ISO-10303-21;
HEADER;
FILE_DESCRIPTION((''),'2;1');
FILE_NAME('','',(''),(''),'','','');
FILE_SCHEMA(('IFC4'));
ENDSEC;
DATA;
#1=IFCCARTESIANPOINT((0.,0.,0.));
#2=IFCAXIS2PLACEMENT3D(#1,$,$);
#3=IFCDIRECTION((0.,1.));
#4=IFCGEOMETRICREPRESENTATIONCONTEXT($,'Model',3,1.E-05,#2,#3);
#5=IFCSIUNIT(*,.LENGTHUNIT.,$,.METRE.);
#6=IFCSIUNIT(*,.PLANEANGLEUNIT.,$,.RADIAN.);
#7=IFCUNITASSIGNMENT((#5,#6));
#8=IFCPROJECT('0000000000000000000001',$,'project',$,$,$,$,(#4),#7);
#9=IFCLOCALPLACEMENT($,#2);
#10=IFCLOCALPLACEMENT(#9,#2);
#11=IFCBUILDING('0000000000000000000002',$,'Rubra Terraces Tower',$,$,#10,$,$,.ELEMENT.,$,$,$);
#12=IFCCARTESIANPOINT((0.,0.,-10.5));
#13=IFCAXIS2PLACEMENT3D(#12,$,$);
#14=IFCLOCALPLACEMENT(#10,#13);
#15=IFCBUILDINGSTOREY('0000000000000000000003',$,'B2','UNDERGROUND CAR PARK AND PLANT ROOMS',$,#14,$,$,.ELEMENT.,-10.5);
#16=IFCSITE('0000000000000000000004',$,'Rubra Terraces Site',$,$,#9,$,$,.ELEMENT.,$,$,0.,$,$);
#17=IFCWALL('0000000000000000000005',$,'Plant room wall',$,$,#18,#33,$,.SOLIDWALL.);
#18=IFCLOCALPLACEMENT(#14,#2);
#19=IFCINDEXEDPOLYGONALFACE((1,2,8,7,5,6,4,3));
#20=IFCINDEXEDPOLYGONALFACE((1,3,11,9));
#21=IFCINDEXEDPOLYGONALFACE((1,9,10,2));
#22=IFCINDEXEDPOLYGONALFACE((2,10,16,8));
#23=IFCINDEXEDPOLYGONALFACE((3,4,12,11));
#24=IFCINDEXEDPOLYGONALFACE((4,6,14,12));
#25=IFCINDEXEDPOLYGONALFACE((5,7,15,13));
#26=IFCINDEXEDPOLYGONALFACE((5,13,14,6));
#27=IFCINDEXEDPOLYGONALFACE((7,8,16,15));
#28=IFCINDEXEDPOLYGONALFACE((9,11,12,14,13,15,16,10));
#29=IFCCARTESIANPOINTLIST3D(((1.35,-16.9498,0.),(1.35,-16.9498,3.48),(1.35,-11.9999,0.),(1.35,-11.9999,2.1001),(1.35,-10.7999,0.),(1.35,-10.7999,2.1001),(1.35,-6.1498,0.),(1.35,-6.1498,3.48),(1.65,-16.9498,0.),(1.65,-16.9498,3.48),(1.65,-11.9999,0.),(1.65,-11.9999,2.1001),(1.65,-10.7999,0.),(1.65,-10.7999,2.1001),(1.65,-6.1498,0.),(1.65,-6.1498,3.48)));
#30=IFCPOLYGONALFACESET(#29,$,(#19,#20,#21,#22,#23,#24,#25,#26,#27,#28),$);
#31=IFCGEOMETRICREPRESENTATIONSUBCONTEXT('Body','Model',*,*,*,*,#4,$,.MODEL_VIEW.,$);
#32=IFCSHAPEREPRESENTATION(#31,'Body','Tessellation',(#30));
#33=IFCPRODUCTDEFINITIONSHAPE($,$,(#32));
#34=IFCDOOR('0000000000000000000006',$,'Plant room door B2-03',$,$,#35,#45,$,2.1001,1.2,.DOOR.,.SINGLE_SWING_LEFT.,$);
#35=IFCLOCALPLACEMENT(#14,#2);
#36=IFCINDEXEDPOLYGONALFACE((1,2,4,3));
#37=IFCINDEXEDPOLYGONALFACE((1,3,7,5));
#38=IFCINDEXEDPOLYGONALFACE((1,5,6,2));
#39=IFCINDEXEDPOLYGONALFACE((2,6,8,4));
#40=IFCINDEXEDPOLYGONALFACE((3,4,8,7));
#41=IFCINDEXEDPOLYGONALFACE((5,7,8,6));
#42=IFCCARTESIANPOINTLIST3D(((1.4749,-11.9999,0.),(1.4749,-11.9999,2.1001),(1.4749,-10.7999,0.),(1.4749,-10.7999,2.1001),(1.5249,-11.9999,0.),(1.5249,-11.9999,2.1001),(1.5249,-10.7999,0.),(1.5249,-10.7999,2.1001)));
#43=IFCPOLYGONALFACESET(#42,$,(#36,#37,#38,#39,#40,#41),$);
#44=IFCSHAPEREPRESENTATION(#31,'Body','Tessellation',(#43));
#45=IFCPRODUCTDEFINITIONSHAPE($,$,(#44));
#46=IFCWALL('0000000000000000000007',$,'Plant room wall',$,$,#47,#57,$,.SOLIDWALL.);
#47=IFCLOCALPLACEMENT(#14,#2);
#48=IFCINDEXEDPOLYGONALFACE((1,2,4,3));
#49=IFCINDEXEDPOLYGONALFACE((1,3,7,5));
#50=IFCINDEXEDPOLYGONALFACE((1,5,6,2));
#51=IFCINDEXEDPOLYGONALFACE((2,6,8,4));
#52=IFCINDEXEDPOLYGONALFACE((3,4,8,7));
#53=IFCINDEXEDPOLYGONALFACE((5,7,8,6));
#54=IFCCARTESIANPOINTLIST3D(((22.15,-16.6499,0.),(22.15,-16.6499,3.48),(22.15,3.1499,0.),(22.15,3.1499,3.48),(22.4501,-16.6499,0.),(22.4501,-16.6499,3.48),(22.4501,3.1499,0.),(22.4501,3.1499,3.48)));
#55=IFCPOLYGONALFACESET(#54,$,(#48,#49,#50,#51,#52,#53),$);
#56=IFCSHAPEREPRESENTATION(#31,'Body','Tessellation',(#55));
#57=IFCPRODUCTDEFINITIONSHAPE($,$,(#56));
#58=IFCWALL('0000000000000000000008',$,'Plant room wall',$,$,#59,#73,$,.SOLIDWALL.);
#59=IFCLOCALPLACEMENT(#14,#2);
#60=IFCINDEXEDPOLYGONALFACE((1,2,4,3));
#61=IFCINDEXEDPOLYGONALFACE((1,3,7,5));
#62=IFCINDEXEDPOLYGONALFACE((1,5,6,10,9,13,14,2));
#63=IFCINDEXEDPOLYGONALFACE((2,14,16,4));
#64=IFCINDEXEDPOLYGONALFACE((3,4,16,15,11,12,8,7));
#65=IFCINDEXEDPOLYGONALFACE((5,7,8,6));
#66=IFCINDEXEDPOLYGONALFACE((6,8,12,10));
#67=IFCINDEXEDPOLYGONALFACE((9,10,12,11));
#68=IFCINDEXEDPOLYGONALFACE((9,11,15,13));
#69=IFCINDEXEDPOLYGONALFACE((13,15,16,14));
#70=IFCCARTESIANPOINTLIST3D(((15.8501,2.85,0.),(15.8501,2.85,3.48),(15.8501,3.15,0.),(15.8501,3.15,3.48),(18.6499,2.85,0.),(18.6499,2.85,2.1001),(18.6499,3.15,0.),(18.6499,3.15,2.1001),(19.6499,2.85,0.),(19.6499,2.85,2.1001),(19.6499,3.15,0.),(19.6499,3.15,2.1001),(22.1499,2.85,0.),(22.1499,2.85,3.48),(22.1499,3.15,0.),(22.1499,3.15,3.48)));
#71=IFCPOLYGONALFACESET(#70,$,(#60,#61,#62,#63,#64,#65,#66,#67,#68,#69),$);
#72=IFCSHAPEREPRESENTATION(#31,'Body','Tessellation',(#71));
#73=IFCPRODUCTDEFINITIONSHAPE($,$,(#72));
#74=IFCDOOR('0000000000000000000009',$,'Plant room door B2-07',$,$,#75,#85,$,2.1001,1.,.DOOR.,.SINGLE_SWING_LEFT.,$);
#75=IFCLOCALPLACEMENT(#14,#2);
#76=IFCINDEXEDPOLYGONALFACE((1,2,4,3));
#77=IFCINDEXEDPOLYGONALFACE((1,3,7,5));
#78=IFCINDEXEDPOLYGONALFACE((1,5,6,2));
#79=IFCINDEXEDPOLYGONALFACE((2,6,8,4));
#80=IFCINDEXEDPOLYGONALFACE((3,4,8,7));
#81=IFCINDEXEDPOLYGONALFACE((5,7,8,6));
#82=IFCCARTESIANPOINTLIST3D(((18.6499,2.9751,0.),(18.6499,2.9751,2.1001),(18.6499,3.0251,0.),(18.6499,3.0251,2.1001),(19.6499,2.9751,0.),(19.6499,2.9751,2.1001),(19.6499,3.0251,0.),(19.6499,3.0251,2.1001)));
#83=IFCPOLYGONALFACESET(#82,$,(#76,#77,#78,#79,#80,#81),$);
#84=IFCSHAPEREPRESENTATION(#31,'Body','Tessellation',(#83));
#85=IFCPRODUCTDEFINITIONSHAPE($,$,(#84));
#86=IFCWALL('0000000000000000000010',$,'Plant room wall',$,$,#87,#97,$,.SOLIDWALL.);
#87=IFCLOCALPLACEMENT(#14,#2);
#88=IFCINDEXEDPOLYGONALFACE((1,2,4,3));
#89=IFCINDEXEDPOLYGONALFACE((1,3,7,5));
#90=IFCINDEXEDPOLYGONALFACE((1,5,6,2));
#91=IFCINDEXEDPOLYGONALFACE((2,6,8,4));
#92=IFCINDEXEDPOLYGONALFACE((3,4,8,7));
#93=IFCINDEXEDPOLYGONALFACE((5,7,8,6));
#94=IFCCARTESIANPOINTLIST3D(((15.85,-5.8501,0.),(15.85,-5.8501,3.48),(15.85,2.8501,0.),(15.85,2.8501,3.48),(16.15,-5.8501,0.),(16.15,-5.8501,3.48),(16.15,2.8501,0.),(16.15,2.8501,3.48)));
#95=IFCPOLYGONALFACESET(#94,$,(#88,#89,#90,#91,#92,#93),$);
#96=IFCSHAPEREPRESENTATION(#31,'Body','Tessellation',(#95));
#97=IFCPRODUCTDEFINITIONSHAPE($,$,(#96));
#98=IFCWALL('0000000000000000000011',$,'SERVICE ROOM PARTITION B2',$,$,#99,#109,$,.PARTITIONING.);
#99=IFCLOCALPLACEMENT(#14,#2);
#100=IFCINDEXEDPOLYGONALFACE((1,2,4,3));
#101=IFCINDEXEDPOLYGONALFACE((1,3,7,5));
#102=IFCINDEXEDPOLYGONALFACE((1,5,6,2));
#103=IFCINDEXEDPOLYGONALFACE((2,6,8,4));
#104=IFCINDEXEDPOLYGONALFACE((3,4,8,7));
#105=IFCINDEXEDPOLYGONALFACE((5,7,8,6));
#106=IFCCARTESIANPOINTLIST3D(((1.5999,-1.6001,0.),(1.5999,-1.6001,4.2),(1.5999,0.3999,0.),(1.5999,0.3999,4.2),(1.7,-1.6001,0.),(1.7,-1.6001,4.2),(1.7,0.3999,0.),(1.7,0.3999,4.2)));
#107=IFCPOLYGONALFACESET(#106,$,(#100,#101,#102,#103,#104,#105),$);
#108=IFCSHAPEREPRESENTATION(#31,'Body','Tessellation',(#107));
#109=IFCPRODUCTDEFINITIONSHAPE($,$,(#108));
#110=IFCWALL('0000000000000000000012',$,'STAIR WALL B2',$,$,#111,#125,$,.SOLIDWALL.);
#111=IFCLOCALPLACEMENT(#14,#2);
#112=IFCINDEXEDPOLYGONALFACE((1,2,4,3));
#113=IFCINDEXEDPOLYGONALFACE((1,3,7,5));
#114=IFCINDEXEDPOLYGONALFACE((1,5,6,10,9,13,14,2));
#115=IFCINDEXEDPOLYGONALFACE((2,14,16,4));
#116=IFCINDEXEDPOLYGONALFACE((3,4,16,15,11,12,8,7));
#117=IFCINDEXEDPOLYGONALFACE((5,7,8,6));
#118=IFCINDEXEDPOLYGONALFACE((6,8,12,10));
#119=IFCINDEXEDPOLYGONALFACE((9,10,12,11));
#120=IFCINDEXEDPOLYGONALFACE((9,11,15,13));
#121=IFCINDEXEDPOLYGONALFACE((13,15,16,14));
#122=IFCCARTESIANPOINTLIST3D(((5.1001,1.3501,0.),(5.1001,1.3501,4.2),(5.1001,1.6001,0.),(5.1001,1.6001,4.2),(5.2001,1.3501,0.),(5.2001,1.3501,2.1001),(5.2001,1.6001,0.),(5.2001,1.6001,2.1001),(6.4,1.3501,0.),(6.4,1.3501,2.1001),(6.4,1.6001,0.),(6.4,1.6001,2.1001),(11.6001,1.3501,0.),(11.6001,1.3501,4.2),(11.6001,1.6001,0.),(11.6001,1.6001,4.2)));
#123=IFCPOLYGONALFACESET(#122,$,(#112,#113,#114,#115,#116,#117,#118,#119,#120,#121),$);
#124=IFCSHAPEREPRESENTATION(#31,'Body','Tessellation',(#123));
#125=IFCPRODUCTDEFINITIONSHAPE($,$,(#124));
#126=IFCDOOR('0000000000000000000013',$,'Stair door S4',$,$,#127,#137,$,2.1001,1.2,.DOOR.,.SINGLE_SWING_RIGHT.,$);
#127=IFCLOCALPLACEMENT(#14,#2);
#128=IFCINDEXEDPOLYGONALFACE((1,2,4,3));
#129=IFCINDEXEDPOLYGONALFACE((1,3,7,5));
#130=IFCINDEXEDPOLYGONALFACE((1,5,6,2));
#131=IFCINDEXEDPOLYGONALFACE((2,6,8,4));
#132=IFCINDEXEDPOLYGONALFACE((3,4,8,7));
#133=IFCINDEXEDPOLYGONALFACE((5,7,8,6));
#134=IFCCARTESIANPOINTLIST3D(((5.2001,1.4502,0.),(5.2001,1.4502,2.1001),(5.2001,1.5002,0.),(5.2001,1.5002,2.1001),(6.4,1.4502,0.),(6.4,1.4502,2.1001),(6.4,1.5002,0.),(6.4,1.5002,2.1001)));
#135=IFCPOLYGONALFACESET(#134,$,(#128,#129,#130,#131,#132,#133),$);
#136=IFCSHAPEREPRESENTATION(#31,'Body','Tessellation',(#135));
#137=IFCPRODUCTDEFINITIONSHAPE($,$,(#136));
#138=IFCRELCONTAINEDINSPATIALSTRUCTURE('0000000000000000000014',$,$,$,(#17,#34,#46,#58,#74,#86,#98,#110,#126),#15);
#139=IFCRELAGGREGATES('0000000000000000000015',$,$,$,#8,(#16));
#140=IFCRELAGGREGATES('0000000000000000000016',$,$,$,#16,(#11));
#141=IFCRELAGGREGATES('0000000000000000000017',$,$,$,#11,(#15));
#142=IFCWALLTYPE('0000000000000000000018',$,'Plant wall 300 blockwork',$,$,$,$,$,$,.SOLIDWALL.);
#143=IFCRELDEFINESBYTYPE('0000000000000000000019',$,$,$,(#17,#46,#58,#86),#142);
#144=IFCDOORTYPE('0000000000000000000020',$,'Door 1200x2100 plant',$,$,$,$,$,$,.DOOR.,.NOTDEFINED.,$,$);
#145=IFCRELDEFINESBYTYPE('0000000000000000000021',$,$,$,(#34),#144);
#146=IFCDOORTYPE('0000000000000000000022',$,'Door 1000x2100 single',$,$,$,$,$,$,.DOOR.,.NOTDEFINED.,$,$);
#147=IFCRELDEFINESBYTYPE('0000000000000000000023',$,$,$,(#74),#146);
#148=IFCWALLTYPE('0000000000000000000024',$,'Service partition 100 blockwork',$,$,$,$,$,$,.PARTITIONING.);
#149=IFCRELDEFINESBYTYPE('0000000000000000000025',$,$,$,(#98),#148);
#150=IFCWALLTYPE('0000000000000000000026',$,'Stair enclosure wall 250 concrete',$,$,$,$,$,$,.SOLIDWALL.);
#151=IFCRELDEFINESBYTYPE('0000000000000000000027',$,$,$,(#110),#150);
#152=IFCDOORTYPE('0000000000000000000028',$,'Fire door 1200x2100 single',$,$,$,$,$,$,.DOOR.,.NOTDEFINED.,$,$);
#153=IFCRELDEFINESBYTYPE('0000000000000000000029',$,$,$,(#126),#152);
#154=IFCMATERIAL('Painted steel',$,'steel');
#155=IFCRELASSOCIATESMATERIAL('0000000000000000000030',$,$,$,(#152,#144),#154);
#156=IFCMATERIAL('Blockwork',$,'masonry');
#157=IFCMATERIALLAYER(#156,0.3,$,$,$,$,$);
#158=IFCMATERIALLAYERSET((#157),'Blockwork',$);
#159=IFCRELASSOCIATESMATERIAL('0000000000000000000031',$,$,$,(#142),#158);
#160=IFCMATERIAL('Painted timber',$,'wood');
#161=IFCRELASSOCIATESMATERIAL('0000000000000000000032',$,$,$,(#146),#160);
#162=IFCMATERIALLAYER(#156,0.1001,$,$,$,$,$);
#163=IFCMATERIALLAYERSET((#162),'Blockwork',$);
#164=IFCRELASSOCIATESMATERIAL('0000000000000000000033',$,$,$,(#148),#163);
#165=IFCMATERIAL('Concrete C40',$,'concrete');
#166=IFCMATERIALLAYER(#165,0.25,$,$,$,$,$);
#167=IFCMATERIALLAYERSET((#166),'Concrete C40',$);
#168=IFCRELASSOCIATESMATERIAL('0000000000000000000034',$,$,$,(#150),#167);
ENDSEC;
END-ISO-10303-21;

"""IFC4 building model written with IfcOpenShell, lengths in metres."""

from ifc_helpers import new_model, si_unit, direction, frame, frame_2d, origin, place, context, subcontext, project, spatial, rectangle, extrude, material, layer, layer_set, type_object, element, fill, save


model = new_model("IFC4")

# Units and contexts
model_context = context("Model", 3, precision=1e-05, world=origin(), true_north=direction((0.0, 1.0)))
body_context = subcontext(model_context, "Body", "Model", "MODEL_VIEW")
ifc_project = project(units=[si_unit("LENGTHUNIT", "METRE"), si_unit("PLANEANGLEUNIT", "RADIAN")], contexts=[model_context])

# Site, building, storey
site_placement = place(None, origin())
site = spatial("IfcSite", under=ifc_project, at=site_placement, Name="Rubra Terraces Site", CompositionType="ELEMENT", RefElevation=0.0)
building_placement = place(site_placement, origin())
building = spatial("IfcBuilding", under=site, at=building_placement, Name="Rubra Terraces Tower", CompositionType="ELEMENT")
storey_placement = place(building_placement, frame((0.0, 0.0, -10.5)))
storey = spatial("IfcBuildingStorey", under=building, at=storey_placement, Name="B2", Description="UNDERGROUND CAR PARK AND PLANT ROOMS", CompositionType="ELEMENT", Elevation=-10.5)

# Shared definitions
ifc_material_1 = material(Name="Concrete C40", Category="concrete")

# Shared definitions
ifc_material_2 = material(Name="Painted steel", Category="steel")

# Shared definitions
door_type_1 = type_object("IfcDoorType", Name="Fire door 1200x2100 single", OperationType="NOTDEFINED", PredefinedType="DOOR", material=ifc_material_2)

# Shared definitions
ifc_material_3 = material(Name="Blockwork", Category="masonry")
ifc_layer_1 = layer(ifc_material_3, 0.3)
ifc_layer_set_1 = layer_set([ifc_layer_1], Name="Blockwork")
wall_type_1 = type_object("IfcWallType", Name="Plant wall 300 blockwork", PredefinedType="SOLIDWALL", material=ifc_layer_set_1)

# Wall, opening, door
wall_1_placement = place(storey_placement, frame((1.5, -6.1499, 0.0), z_axis=(0.0, 0.0, 1.0), x_axis=(0.0, -1.0, 0.0)))
wall_1 = element("IfcWall", 1, at=wall_1_placement, inside=storey, type_object=wall_type_1, Name="Plant room wall", PredefinedType="SOLIDWALL", context=body_context, shape_type="SweptSolid", body=[
    extrude(rectangle(XDim=10.8, YDim=0.3, at=frame_2d((5.3999, 0.0))), origin(), (0.0, 0.0, 1.0), 3.48),
])
opening_1_placement = place(wall_1_placement, frame((4.6499, 0.0, 0.0)))
opening_1 = element("IfcOpeningElement", 2, at=opening_1_placement, cuts=wall_1, PredefinedType="OPENING", context=body_context, shape_type="SweptSolid", body=[
    extrude(rectangle(XDim=1.2, YDim=2.1001, at=frame_2d((0.6001, 1.05))), frame((0.0, 0.1599, 0.0), z_axis=(0.0, -1.0, 0.0), x_axis=(1.0, 0.0, 0.0)), (0.0, 0.0, 1.0), 0.3201),
])
door_type_2 = type_object("IfcDoorType", Name="Door 1200x2100 plant", OperationType="NOTDEFINED", PredefinedType="DOOR", material=ifc_material_2)
door_1_placement = place(opening_1_placement, origin())
door_1 = element("IfcDoor", 3, at=door_1_placement, inside=storey, type_object=door_type_2, Name="Plant room door B2-03", OperationType="SINGLE_SWING_LEFT", OverallHeight=2.1001, OverallWidth=1.2, PredefinedType="DOOR", context=body_context, shape_type="SweptSolid", body=[
    extrude(rectangle(XDim=1.2, YDim=2.1001, at=frame_2d((0.6001, 1.05))), frame((0.0, 0.0249, 0.0), z_axis=(0.0, -1.0, 0.0), x_axis=(1.0, 0.0, 0.0)), (0.0, 0.0, 1.0), 0.05),
])
fill(opening_1, door_1)

# Wall
wall_2_placement = place(storey_placement, frame((22.3, -16.6499, 0.0), z_axis=(0.0, 0.0, 1.0), x_axis=(0.0, 1.0, 0.0)))
element("IfcWall", 4, at=wall_2_placement, inside=storey, type_object=wall_type_1, Name="Plant room wall", PredefinedType="SOLIDWALL", context=body_context, shape_type="SweptSolid", body=[
    extrude(rectangle(XDim=19.7998, YDim=0.3, at=frame_2d((9.8999, 0.0))), origin(), (0.0, 0.0, 1.0), 3.48),
])

# Wall, opening, door
wall_3_placement = place(storey_placement, frame((22.1499, 3.0, 0.0), z_axis=(0.0, 0.0, 1.0), x_axis=(-1.0, 0.0, 0.0)))
wall_3 = element("IfcWall", 5, at=wall_3_placement, inside=storey, type_object=wall_type_1, Name="Plant room wall", PredefinedType="SOLIDWALL", context=body_context, shape_type="SweptSolid", body=[
    extrude(rectangle(XDim=6.2998, YDim=0.3, at=frame_2d((3.1499, 0.0))), origin(), (0.0, 0.0, 1.0), 3.48),
])
opening_2_placement = place(wall_3_placement, frame((2.5, 0.0, 0.0)))
opening_2 = element("IfcOpeningElement", 6, at=opening_2_placement, cuts=wall_3, PredefinedType="OPENING", context=body_context, shape_type="SweptSolid", body=[
    extrude(rectangle(XDim=1.0, YDim=2.1001, at=frame_2d((0.5, 1.05))), frame((0.0, 0.1599, 0.0), z_axis=(0.0, -1.0, 0.0), x_axis=(1.0, 0.0, 0.0)), (0.0, 0.0, 1.0), 0.3201),
])
ifc_material_4 = material(Name="Painted timber", Category="wood")
door_type_3 = type_object("IfcDoorType", Name="Door 1000x2100 single", OperationType="NOTDEFINED", PredefinedType="DOOR", material=ifc_material_4)
door_2_placement = place(opening_2_placement, origin())
door_2 = element("IfcDoor", 7, at=door_2_placement, inside=storey, type_object=door_type_3, Name="Plant room door B2-07", OperationType="SINGLE_SWING_LEFT", OverallHeight=2.1001, OverallWidth=1.0, PredefinedType="DOOR", context=body_context, shape_type="SweptSolid", body=[
    extrude(rectangle(XDim=1.0, YDim=2.1001, at=frame_2d((0.5, 1.05))), frame((0.0, 0.0249, 0.0), z_axis=(0.0, -1.0, 0.0), x_axis=(1.0, 0.0, 0.0)), (0.0, 0.0, 1.0), 0.05),
])
fill(opening_2, door_2)

# Walls
wall_4_placement = place(storey_placement, frame((16.0, 2.8501, 0.0), z_axis=(0.0, 0.0, 1.0), x_axis=(0.0, -1.0, 0.0)))
element("IfcWall", 8, at=wall_4_placement, inside=storey, type_object=wall_type_1, Name="Plant room wall", PredefinedType="SOLIDWALL", context=body_context, shape_type="SweptSolid", body=[
    extrude(rectangle(XDim=8.7002, YDim=0.3, at=frame_2d((4.3501, 0.0))), origin(), (0.0, 0.0, 1.0), 3.48),
])
ifc_layer_2 = layer(ifc_material_3, 0.1001)
ifc_layer_set_2 = layer_set([ifc_layer_2], Name="Blockwork")
wall_type_2 = type_object("IfcWallType", Name="Service partition 100 blockwork", PredefinedType="PARTITIONING", material=ifc_layer_set_2)
wall_5_placement = place(storey_placement, frame((1.6499, -1.6001, 0.0), z_axis=(0.0, 0.0, 1.0), x_axis=(0.0, 1.0, 0.0)))
element("IfcWall", 9, at=wall_5_placement, inside=storey, type_object=wall_type_2, Name="SERVICE ROOM PARTITION B2", PredefinedType="PARTITIONING", context=body_context, shape_type="SweptSolid", body=[
    extrude(rectangle(XDim=2.0, YDim=0.1001, at=frame_2d((1.0, 0.0))), origin(), (0.0, 0.0, 1.0), 4.2),
])

# Wall, opening, door
ifc_layer_3 = layer(ifc_material_1, 0.25)
ifc_layer_set_3 = layer_set([ifc_layer_3], Name="Concrete C40")
wall_type_3 = type_object("IfcWallType", Name="Stair enclosure wall 250 concrete", PredefinedType="SOLIDWALL", material=ifc_layer_set_3)
wall_6_placement = place(storey_placement, frame((11.6001, 1.4751, 0.0), z_axis=(0.0, 0.0, 1.0), x_axis=(-1.0, 0.0, 0.0)))
wall_6 = element("IfcWall", 10, at=wall_6_placement, inside=storey, type_object=wall_type_3, Name="STAIR WALL B2", PredefinedType="SOLIDWALL", context=body_context, shape_type="SweptSolid", body=[
    extrude(rectangle(XDim=6.5, YDim=0.25, at=frame_2d((3.25, 0.0))), origin(), (0.0, 0.0, 1.0), 4.2),
])
opening_3_placement = place(wall_6_placement, frame((5.2, 0.0, 0.0)))
opening_3 = element("IfcOpeningElement", 11, at=opening_3_placement, cuts=wall_6, PredefinedType="OPENING", context=body_context, shape_type="SweptSolid", body=[
    extrude(rectangle(XDim=1.2, YDim=2.1001, at=frame_2d((0.6001, 1.05))), frame((0.0, 0.135, 0.0), z_axis=(0.0, -1.0, 0.0), x_axis=(1.0, 0.0, 0.0)), (0.0, 0.0, 1.0), 0.27),
])
door_3_placement = place(opening_3_placement, origin())
door_3 = element("IfcDoor", 12, at=door_3_placement, inside=storey, type_object=door_type_1, Name="Stair door S4", OperationType="SINGLE_SWING_RIGHT", OverallHeight=2.1001, OverallWidth=1.2, PredefinedType="DOOR", context=body_context, shape_type="SweptSolid", body=[
    extrude(rectangle(XDim=1.2, YDim=2.1001, at=frame_2d((0.6001, 1.05))), frame((0.0, 0.0249, 0.0), z_axis=(0.0, -1.0, 0.0), x_axis=(1.0, 0.0, 0.0)), (0.0, 0.0, 1.0), 0.05),
])
fill(opening_3, door_3)

save(model, "model.ifc")
